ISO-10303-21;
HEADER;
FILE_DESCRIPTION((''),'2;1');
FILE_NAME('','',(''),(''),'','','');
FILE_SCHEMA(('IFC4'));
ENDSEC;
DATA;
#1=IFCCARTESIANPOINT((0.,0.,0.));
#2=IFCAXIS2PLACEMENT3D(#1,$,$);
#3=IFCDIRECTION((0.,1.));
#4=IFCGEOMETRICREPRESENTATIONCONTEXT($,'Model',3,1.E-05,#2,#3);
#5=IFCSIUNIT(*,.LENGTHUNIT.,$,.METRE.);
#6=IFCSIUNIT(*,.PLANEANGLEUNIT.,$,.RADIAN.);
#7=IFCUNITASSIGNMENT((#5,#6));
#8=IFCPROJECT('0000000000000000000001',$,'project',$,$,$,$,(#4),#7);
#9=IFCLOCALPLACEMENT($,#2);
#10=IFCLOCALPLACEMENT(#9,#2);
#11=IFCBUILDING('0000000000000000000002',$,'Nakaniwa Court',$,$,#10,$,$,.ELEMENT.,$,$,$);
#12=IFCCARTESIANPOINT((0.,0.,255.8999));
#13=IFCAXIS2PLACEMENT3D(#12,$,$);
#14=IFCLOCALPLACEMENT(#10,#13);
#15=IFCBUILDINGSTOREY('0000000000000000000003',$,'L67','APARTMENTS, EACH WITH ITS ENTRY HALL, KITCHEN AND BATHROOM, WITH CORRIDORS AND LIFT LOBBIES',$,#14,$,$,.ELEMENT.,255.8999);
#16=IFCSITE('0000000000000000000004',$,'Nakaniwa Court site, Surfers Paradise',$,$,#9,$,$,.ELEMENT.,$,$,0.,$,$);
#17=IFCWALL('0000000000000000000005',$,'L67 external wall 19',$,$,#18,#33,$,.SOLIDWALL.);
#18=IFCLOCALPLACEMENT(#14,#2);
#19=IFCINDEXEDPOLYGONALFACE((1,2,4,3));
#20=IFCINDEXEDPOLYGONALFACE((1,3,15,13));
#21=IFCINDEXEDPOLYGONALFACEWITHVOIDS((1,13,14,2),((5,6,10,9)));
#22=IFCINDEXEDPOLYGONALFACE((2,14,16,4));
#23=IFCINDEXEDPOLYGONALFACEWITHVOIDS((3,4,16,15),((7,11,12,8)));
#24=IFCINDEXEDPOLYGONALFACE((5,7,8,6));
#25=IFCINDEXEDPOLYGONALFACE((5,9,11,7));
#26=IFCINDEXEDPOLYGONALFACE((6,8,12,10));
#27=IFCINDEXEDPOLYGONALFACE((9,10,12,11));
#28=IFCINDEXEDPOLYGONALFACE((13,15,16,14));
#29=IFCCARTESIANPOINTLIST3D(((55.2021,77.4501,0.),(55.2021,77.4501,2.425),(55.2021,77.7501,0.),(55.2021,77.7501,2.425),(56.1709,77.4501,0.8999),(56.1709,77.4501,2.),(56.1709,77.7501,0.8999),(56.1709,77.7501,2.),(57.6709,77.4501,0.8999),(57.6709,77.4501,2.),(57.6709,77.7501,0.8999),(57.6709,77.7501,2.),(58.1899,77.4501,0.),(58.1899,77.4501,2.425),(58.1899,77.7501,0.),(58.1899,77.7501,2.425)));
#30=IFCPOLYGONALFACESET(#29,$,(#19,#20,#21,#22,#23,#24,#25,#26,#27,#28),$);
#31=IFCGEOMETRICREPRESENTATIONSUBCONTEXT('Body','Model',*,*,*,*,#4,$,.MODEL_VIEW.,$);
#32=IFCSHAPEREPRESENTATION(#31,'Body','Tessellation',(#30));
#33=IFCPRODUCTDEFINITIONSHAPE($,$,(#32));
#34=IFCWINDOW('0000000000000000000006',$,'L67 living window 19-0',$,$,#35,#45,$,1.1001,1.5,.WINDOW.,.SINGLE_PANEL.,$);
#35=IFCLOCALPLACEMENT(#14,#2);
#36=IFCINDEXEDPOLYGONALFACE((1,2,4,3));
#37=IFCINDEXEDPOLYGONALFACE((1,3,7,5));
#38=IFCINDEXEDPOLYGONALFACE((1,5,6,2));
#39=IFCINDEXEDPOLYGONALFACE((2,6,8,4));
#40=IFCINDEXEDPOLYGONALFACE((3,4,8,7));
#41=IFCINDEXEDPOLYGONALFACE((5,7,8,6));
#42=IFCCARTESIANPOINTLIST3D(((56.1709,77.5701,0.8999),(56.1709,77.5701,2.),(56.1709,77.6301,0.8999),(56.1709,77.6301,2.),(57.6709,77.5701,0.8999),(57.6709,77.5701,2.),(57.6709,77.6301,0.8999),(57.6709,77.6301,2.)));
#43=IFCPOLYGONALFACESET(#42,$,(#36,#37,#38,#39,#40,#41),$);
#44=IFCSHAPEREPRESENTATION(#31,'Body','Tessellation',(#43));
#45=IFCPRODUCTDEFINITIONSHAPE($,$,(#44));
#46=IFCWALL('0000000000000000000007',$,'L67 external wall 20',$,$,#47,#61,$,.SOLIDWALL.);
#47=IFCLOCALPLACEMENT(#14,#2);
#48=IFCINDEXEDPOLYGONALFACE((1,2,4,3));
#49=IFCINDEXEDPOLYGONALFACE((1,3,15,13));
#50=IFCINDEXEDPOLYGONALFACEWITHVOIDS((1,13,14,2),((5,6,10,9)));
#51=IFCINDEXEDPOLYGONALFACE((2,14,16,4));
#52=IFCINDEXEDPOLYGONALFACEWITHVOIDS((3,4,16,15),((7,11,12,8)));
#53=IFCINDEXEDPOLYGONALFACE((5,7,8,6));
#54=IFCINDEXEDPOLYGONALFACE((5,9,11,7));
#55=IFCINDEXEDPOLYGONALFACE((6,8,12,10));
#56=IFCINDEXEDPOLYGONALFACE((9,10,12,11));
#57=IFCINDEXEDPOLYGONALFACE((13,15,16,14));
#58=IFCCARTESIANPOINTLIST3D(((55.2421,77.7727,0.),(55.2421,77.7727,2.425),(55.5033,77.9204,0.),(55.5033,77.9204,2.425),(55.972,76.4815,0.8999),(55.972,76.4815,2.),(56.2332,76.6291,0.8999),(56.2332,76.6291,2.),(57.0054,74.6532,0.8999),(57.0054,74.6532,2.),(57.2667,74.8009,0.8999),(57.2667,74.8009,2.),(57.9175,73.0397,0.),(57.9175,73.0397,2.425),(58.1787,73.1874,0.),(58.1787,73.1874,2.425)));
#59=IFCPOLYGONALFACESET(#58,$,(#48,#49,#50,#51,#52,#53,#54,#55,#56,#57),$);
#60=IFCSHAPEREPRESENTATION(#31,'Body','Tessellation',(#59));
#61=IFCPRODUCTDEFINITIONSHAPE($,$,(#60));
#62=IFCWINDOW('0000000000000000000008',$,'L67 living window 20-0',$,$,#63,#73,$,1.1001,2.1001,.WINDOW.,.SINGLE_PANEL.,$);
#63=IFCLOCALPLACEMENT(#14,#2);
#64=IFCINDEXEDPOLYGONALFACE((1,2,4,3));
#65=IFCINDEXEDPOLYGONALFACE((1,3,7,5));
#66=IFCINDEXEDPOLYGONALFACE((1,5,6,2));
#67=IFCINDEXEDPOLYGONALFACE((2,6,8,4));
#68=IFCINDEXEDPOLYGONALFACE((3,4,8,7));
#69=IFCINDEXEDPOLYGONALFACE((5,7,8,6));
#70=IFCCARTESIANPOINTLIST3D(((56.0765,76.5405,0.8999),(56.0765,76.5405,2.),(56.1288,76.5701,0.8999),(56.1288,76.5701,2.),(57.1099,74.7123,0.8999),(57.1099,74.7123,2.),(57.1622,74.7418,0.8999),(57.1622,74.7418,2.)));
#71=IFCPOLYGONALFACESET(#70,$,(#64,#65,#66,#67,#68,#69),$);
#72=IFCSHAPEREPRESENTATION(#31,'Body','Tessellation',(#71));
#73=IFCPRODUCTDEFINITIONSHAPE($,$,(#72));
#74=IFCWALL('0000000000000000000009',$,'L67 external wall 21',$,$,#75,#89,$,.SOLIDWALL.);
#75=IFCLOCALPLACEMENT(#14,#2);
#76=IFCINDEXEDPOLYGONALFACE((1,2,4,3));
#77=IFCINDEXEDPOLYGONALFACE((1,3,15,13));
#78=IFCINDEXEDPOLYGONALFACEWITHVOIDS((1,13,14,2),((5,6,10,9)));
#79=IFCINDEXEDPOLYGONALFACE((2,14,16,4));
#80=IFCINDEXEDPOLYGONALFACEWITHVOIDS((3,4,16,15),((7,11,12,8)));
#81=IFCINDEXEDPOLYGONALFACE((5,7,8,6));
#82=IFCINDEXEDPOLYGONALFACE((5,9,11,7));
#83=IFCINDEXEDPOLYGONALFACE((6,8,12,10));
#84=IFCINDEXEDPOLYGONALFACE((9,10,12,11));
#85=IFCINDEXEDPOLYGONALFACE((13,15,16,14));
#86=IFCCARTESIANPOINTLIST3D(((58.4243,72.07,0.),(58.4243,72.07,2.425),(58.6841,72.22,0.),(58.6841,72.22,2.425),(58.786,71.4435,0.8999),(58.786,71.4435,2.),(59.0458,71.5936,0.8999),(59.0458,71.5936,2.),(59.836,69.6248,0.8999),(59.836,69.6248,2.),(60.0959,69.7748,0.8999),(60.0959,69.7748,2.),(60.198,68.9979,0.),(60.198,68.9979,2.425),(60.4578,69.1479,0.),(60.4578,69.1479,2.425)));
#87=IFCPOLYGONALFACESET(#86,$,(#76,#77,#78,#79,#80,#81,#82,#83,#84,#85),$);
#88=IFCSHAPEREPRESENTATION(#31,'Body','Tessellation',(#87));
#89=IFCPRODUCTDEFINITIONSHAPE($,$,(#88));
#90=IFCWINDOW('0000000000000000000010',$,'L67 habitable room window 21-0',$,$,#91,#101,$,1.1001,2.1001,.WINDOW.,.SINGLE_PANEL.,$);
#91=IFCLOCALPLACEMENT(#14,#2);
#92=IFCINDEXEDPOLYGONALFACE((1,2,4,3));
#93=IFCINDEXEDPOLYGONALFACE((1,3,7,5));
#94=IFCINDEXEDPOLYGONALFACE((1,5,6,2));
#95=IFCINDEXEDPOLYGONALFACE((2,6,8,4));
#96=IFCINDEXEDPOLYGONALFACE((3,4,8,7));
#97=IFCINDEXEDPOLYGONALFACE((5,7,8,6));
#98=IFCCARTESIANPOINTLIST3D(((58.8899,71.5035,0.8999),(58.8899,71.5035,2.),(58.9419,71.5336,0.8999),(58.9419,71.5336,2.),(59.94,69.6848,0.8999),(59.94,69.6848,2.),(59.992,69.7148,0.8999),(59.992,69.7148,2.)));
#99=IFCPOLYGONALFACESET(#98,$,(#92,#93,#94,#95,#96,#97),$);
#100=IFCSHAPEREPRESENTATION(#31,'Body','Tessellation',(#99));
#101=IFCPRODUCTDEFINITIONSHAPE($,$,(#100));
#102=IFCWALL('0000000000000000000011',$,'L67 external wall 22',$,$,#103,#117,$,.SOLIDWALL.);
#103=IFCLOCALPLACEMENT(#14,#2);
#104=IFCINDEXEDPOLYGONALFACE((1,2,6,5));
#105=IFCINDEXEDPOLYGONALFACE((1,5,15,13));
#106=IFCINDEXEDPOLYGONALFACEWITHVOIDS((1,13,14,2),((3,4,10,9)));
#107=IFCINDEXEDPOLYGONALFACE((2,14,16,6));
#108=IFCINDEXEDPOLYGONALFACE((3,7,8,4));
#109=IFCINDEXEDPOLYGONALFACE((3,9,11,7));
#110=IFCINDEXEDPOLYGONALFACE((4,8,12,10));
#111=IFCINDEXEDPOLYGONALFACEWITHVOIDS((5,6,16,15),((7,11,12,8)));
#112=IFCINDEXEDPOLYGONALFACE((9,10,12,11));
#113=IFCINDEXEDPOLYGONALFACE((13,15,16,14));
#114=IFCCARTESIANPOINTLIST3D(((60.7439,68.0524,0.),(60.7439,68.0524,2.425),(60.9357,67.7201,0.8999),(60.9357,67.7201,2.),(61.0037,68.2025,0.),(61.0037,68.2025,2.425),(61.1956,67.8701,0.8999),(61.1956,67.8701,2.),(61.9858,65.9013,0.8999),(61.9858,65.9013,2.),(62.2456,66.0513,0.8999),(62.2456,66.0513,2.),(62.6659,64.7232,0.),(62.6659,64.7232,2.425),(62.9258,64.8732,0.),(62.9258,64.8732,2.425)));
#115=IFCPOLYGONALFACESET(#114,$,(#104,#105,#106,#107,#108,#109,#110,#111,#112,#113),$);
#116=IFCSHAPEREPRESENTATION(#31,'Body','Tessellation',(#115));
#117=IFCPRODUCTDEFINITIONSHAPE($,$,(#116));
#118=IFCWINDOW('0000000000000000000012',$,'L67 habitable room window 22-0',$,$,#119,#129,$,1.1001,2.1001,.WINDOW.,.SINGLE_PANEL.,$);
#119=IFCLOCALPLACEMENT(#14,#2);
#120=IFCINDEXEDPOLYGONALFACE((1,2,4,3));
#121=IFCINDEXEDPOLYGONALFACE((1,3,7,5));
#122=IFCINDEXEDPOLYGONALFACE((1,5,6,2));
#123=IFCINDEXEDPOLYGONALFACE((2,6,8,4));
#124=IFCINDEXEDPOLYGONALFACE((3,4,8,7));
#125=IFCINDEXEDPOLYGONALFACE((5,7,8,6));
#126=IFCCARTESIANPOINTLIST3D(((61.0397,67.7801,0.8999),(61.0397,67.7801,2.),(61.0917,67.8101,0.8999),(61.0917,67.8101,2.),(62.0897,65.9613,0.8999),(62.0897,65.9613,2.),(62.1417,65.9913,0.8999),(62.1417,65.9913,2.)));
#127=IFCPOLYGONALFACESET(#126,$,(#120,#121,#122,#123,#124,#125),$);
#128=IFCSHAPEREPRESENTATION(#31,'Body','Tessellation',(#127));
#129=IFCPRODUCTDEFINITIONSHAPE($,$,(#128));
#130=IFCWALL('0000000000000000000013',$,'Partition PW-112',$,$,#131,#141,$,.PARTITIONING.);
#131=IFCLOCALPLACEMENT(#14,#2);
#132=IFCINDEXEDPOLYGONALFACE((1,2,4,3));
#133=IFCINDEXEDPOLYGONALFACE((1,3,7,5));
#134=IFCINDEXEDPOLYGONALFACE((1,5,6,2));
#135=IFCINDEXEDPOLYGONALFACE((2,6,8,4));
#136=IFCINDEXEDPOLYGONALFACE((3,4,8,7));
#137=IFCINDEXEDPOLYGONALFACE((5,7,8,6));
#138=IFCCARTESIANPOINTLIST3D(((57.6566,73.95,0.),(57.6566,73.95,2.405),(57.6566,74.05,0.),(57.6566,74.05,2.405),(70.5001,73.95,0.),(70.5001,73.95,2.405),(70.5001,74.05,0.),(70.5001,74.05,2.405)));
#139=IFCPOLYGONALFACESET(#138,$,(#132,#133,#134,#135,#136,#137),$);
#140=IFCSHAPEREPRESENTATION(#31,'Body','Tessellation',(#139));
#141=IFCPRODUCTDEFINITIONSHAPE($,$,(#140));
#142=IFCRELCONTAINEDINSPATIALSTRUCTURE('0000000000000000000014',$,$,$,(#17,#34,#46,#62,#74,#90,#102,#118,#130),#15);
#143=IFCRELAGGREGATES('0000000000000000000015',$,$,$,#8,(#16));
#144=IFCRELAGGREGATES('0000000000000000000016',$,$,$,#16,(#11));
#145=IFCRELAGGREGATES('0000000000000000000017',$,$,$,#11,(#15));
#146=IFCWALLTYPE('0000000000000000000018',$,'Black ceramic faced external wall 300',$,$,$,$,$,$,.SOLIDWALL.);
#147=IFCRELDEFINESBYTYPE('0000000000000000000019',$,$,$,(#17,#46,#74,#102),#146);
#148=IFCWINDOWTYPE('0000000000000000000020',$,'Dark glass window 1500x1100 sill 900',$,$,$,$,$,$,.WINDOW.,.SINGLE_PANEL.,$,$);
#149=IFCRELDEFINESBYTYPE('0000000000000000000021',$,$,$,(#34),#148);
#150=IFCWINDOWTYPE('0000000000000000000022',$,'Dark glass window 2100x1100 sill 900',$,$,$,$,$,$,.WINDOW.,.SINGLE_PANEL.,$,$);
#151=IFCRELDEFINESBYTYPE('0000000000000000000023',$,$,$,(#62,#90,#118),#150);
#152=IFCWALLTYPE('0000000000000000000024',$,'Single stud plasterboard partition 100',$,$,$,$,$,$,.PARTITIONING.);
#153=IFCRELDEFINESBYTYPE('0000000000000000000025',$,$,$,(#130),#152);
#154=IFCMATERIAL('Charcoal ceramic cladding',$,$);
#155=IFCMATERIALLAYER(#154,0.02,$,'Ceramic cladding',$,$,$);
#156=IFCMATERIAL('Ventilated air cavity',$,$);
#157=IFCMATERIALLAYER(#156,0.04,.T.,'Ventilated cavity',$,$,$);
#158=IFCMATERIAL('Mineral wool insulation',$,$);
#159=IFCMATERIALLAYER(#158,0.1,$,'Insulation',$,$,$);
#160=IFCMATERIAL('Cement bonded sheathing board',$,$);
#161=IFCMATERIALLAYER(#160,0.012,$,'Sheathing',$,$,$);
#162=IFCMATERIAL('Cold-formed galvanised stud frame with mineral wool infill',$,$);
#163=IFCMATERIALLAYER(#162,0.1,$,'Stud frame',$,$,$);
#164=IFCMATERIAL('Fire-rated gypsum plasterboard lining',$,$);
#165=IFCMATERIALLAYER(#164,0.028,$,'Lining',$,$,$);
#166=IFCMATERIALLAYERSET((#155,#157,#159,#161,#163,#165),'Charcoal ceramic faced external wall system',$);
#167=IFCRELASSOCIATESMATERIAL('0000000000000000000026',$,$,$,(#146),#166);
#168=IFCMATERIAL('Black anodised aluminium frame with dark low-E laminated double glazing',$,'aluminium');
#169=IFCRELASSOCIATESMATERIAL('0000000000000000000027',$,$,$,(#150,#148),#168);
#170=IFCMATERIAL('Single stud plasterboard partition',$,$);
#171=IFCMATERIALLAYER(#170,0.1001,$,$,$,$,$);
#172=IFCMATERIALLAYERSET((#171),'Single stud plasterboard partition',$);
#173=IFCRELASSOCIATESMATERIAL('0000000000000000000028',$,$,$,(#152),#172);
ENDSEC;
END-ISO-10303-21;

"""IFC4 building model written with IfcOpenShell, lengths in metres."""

from ifc_helpers import new_model, si_unit, direction, frame, frame_2d, origin, place, context, subcontext, project, spatial, rectangle, extrude, material, layer, layer_set, type_object, element, fill, save


model = new_model("IFC4")

# Units and contexts
model_context = context("Model", 3, precision=1e-05, world=origin(), true_north=direction((0.0, 1.0)))
body_context = subcontext(model_context, "Body", "Model", "MODEL_VIEW")
ifc_project = project(units=[si_unit("LENGTHUNIT", "METRE"), si_unit("PLANEANGLEUNIT", "RADIAN")], contexts=[model_context])

# Site, building, storey
site_placement = place(None, origin())
site = spatial("IfcSite", under=ifc_project, at=site_placement, Name="Nakaniwa Court site, Surfers Paradise", CompositionType="ELEMENT", RefElevation=0.0)
building_placement = place(site_placement, origin())
building = spatial("IfcBuilding", under=site, at=building_placement, Name="Nakaniwa Court", CompositionType="ELEMENT")
storey_placement = place(building_placement, frame((0.0, 0.0, 255.8999)))
storey = spatial("IfcBuildingStorey", under=building, at=storey_placement, Name="L67", Description="APARTMENTS, EACH WITH ITS ENTRY HALL, KITCHEN AND BATHROOM, WITH CORRIDORS AND LIFT LOBBIES", CompositionType="ELEMENT", Elevation=255.8999)

# Walls, openings, windows
ifc_material_1 = material(Name="Charcoal ceramic cladding")
ifc_layer_1 = layer(ifc_material_1, 0.02, Name="Ceramic cladding")
ifc_material_2 = material(Name="Ventilated air cavity")
ifc_layer_2 = layer(ifc_material_2, 0.04, ventilated=True, Name="Ventilated cavity")
ifc_material_3 = material(Name="Mineral wool insulation")
ifc_layer_3 = layer(ifc_material_3, 0.1, Name="Insulation")
ifc_material_4 = material(Name="Cement bonded sheathing board")
ifc_layer_4 = layer(ifc_material_4, 0.012, Name="Sheathing")
ifc_material_5 = material(Name="Cold-formed galvanised stud frame with mineral wool infill")
ifc_layer_5 = layer(ifc_material_5, 0.1, Name="Stud frame")
ifc_material_6 = material(Name="Fire-rated gypsum plasterboard lining")
ifc_layer_6 = layer(ifc_material_6, 0.028, Name="Lining")
ifc_layer_set_1 = layer_set([ifc_layer_1, ifc_layer_2, ifc_layer_3, ifc_layer_4, ifc_layer_5, ifc_layer_6], Name="Charcoal ceramic faced external wall system")
wall_type_1 = type_object("IfcWallType", Name="Black ceramic faced external wall 300", PredefinedType="SOLIDWALL", material=ifc_layer_set_1)
ifc_material_7 = material(Name="Black anodised aluminium frame with dark low-E laminated double glazing", Category="aluminium")
window_type_1 = type_object("IfcWindowType", Name="Dark glass window 2100x1100 sill 900", PartitioningType="SINGLE_PANEL", PredefinedType="WINDOW", material=ifc_material_7)
wall_1_placement = place(storey_placement, frame((58.1899, 77.6001, 0.0), z_axis=(0.0, 0.0, 1.0), x_axis=(-1.0, 0.0, 0.0)))
wall_1 = element("IfcWall", 1, at=wall_1_placement, inside=storey, type_object=wall_type_1, Name="L67 external wall 19", PredefinedType="SOLIDWALL", context=body_context, shape_type="SweptSolid", body=[
    extrude(rectangle(XDim=2.9878, YDim=0.3, at=frame_2d((1.4939, 0.0))), origin(), (0.0, 0.0, 1.0), 2.425),
])
opening_1_placement = place(wall_1_placement, frame((0.519, 0.0, 0.8999)))
opening_1 = element("IfcOpeningElement", 2, at=opening_1_placement, cuts=wall_1, PredefinedType="OPENING", context=body_context, shape_type="SweptSolid", body=[
    extrude(rectangle(XDim=1.5, YDim=1.1001, at=frame_2d((0.75, 0.55))), frame((0.0, 0.1599, 0.0), z_axis=(0.0, -1.0, 0.0), x_axis=(1.0, 0.0, 0.0)), (0.0, 0.0, 1.0), 0.3201),
])
window_type_2 = type_object("IfcWindowType", Name="Dark glass window 1500x1100 sill 900", PartitioningType="SINGLE_PANEL", PredefinedType="WINDOW", material=ifc_material_7)
window_1_placement = place(opening_1_placement, origin())
window_1 = element("IfcWindow", 3, at=window_1_placement, inside=storey, type_object=window_type_2, Name="L67 living window 19-0", OverallHeight=1.1001, OverallWidth=1.5, PartitioningType="SINGLE_PANEL", PredefinedType="WINDOW", context=body_context, shape_type="SweptSolid", body=[
    extrude(rectangle(XDim=1.5, YDim=1.1001, at=frame_2d((0.75, 0.55))), frame((0.0, 0.03, 0.0), z_axis=(0.0, -1.0, 0.0), x_axis=(1.0, 0.0, 0.0)), (0.0, 0.0, 1.0), 0.0601),
])
fill(opening_1, window_1)
wall_2_placement = place(storey_placement, frame((55.3728, 77.8464, 0.0), z_axis=(0.0, 0.0, 1.0), x_axis=(0.492081, -0.870549, 0.0)))
wall_2 = element("IfcWall", 4, at=wall_2_placement, inside=storey, type_object=wall_type_1, Name="L67 external wall 20", PredefinedType="SOLIDWALL", context=body_context, shape_type="SweptSolid", body=[
    extrude(rectangle(XDim=5.4368, YDim=0.3, at=frame_2d((2.7183, 0.0))), origin(), (0.0, 0.0, 1.0), 2.425),
])
opening_2_placement = place(wall_2_placement, frame((1.4832, 0.0, 0.8999)))
opening_2 = element("IfcOpeningElement", 5, at=opening_2_placement, cuts=wall_2, PredefinedType="OPENING", context=body_context, shape_type="SweptSolid", body=[
    extrude(rectangle(XDim=2.1001, YDim=1.1001, at=frame_2d((1.05, 0.55))), frame((0.0, 0.1599, 0.0), z_axis=(0.0, -1.0, 0.0), x_axis=(1.0, 0.0, 0.0)), (0.0, 0.0, 1.0), 0.3201),
])
window_2_placement = place(opening_2_placement, origin())
window_2 = element("IfcWindow", 6, at=window_2_placement, inside=storey, type_object=window_type_1, Name="L67 living window 20-0", OverallHeight=1.1001, OverallWidth=2.1001, PartitioningType="SINGLE_PANEL", PredefinedType="WINDOW", context=body_context, shape_type="SweptSolid", body=[
    extrude(rectangle(XDim=2.1001, YDim=1.1001, at=frame_2d((1.05, 0.55))), frame((0.0, 0.03, 0.0), z_axis=(0.0, -1.0, 0.0), x_axis=(1.0, 0.0, 0.0)), (0.0, 0.0, 1.0), 0.0601),
])
fill(opening_2, window_2)
wall_3_placement = place(storey_placement, frame((58.5542, 72.145, 0.0), z_axis=(0.0, 0.0, 1.0), x_axis=(0.50001, -0.866019, 0.0)))
wall_3 = element("IfcWall", 7, at=wall_3_placement, inside=storey, type_object=wall_type_1, Name="L67 external wall 21", PredefinedType="SOLIDWALL", context=body_context, shape_type="SweptSolid", body=[
    extrude(rectangle(XDim=3.5474, YDim=0.3, at=frame_2d((1.7737, 0.0))), origin(), (0.0, 0.0, 1.0), 2.425),
])
opening_3_placement = place(wall_3_placement, frame((0.7234, 0.0, 0.8999)))
opening_3 = element("IfcOpeningElement", 8, at=opening_3_placement, cuts=wall_3, PredefinedType="OPENING", context=body_context, shape_type="SweptSolid", body=[
    extrude(rectangle(XDim=2.1001, YDim=1.1001, at=frame_2d((1.05, 0.55))), frame((0.0, 0.1599, 0.0), z_axis=(0.0, -1.0, 0.0), x_axis=(1.0, 0.0, 0.0)), (0.0, 0.0, 1.0), 0.3201),
])
window_3_placement = place(opening_3_placement, origin())
window_3 = element("IfcWindow", 9, at=window_3_placement, inside=storey, type_object=window_type_1, Name="L67 habitable room window 21-0", OverallHeight=1.1001, OverallWidth=2.1001, PartitioningType="SINGLE_PANEL", PredefinedType="WINDOW", context=body_context, shape_type="SweptSolid", body=[
    extrude(rectangle(XDim=2.1001, YDim=1.1001, at=frame_2d((1.05, 0.55))), frame((0.0, 0.03, 0.0), z_axis=(0.0, -1.0, 0.0), x_axis=(1.0, 0.0, 0.0)), (0.0, 0.0, 1.0), 0.0601),
])
fill(opening_3, window_3)
wall_4_placement = place(storey_placement, frame((60.8738, 68.1274, 0.0), z_axis=(0.0, 0.0, 1.0), x_axis=(0.499984, -0.866034, 0.0)))
wall_4 = element("IfcWall", 10, at=wall_4_placement, inside=storey, type_object=wall_type_1, Name="L67 external wall 22", PredefinedType="SOLIDWALL", context=body_context, shape_type="SweptSolid", body=[
    extrude(rectangle(XDim=3.8442, YDim=0.3, at=frame_2d((1.9221, 0.0))), origin(), (0.0, 0.0, 1.0), 2.425),
])
opening_4_placement = place(wall_4_placement, frame((0.3838, 0.0, 0.8999)))
opening_4 = element("IfcOpeningElement", 11, at=opening_4_placement, cuts=wall_4, PredefinedType="OPENING", context=body_context, shape_type="SweptSolid", body=[
    extrude(rectangle(XDim=2.1001, YDim=1.1001, at=frame_2d((1.05, 0.55))), frame((0.0, 0.1599, 0.0), z_axis=(0.0, -1.0, 0.0), x_axis=(1.0, 0.0, 0.0)), (0.0, 0.0, 1.0), 0.3201),
])
window_4_placement = place(opening_4_placement, origin())
window_4 = element("IfcWindow", 12, at=window_4_placement, inside=storey, type_object=window_type_1, Name="L67 habitable room window 22-0", OverallHeight=1.1001, OverallWidth=2.1001, PartitioningType="SINGLE_PANEL", PredefinedType="WINDOW", context=body_context, shape_type="SweptSolid", body=[
    extrude(rectangle(XDim=2.1001, YDim=1.1001, at=frame_2d((1.05, 0.55))), frame((0.0, 0.03, 0.0), z_axis=(0.0, -1.0, 0.0), x_axis=(1.0, 0.0, 0.0)), (0.0, 0.0, 1.0), 0.0601),
])
fill(opening_4, window_4)

# Wall
ifc_material_8 = material(Name="Single stud plasterboard partition")
ifc_layer_7 = layer(ifc_material_8, 0.1001)
ifc_layer_set_2 = layer_set([ifc_layer_7], Name="Single stud plasterboard partition")
wall_type_2 = type_object("IfcWallType", Name="Single stud plasterboard partition 100", PredefinedType="PARTITIONING", material=ifc_layer_set_2)
wall_5_placement = place(storey_placement, frame((57.6565, 74.0, 0.0), z_axis=(0.0, 0.0, 1.0), x_axis=(1.0, 0.0, 0.0)))
element("IfcWall", 13, at=wall_5_placement, inside=storey, type_object=wall_type_2, Name="Partition PW-112", PredefinedType="PARTITIONING", context=body_context, shape_type="SweptSolid", body=[
    extrude(rectangle(XDim=12.8435, YDim=0.1001, at=frame_2d((6.4219, 0.0))), origin(), (0.0, 0.0, 1.0), 2.405),
])

save(model, "model.ifc")
